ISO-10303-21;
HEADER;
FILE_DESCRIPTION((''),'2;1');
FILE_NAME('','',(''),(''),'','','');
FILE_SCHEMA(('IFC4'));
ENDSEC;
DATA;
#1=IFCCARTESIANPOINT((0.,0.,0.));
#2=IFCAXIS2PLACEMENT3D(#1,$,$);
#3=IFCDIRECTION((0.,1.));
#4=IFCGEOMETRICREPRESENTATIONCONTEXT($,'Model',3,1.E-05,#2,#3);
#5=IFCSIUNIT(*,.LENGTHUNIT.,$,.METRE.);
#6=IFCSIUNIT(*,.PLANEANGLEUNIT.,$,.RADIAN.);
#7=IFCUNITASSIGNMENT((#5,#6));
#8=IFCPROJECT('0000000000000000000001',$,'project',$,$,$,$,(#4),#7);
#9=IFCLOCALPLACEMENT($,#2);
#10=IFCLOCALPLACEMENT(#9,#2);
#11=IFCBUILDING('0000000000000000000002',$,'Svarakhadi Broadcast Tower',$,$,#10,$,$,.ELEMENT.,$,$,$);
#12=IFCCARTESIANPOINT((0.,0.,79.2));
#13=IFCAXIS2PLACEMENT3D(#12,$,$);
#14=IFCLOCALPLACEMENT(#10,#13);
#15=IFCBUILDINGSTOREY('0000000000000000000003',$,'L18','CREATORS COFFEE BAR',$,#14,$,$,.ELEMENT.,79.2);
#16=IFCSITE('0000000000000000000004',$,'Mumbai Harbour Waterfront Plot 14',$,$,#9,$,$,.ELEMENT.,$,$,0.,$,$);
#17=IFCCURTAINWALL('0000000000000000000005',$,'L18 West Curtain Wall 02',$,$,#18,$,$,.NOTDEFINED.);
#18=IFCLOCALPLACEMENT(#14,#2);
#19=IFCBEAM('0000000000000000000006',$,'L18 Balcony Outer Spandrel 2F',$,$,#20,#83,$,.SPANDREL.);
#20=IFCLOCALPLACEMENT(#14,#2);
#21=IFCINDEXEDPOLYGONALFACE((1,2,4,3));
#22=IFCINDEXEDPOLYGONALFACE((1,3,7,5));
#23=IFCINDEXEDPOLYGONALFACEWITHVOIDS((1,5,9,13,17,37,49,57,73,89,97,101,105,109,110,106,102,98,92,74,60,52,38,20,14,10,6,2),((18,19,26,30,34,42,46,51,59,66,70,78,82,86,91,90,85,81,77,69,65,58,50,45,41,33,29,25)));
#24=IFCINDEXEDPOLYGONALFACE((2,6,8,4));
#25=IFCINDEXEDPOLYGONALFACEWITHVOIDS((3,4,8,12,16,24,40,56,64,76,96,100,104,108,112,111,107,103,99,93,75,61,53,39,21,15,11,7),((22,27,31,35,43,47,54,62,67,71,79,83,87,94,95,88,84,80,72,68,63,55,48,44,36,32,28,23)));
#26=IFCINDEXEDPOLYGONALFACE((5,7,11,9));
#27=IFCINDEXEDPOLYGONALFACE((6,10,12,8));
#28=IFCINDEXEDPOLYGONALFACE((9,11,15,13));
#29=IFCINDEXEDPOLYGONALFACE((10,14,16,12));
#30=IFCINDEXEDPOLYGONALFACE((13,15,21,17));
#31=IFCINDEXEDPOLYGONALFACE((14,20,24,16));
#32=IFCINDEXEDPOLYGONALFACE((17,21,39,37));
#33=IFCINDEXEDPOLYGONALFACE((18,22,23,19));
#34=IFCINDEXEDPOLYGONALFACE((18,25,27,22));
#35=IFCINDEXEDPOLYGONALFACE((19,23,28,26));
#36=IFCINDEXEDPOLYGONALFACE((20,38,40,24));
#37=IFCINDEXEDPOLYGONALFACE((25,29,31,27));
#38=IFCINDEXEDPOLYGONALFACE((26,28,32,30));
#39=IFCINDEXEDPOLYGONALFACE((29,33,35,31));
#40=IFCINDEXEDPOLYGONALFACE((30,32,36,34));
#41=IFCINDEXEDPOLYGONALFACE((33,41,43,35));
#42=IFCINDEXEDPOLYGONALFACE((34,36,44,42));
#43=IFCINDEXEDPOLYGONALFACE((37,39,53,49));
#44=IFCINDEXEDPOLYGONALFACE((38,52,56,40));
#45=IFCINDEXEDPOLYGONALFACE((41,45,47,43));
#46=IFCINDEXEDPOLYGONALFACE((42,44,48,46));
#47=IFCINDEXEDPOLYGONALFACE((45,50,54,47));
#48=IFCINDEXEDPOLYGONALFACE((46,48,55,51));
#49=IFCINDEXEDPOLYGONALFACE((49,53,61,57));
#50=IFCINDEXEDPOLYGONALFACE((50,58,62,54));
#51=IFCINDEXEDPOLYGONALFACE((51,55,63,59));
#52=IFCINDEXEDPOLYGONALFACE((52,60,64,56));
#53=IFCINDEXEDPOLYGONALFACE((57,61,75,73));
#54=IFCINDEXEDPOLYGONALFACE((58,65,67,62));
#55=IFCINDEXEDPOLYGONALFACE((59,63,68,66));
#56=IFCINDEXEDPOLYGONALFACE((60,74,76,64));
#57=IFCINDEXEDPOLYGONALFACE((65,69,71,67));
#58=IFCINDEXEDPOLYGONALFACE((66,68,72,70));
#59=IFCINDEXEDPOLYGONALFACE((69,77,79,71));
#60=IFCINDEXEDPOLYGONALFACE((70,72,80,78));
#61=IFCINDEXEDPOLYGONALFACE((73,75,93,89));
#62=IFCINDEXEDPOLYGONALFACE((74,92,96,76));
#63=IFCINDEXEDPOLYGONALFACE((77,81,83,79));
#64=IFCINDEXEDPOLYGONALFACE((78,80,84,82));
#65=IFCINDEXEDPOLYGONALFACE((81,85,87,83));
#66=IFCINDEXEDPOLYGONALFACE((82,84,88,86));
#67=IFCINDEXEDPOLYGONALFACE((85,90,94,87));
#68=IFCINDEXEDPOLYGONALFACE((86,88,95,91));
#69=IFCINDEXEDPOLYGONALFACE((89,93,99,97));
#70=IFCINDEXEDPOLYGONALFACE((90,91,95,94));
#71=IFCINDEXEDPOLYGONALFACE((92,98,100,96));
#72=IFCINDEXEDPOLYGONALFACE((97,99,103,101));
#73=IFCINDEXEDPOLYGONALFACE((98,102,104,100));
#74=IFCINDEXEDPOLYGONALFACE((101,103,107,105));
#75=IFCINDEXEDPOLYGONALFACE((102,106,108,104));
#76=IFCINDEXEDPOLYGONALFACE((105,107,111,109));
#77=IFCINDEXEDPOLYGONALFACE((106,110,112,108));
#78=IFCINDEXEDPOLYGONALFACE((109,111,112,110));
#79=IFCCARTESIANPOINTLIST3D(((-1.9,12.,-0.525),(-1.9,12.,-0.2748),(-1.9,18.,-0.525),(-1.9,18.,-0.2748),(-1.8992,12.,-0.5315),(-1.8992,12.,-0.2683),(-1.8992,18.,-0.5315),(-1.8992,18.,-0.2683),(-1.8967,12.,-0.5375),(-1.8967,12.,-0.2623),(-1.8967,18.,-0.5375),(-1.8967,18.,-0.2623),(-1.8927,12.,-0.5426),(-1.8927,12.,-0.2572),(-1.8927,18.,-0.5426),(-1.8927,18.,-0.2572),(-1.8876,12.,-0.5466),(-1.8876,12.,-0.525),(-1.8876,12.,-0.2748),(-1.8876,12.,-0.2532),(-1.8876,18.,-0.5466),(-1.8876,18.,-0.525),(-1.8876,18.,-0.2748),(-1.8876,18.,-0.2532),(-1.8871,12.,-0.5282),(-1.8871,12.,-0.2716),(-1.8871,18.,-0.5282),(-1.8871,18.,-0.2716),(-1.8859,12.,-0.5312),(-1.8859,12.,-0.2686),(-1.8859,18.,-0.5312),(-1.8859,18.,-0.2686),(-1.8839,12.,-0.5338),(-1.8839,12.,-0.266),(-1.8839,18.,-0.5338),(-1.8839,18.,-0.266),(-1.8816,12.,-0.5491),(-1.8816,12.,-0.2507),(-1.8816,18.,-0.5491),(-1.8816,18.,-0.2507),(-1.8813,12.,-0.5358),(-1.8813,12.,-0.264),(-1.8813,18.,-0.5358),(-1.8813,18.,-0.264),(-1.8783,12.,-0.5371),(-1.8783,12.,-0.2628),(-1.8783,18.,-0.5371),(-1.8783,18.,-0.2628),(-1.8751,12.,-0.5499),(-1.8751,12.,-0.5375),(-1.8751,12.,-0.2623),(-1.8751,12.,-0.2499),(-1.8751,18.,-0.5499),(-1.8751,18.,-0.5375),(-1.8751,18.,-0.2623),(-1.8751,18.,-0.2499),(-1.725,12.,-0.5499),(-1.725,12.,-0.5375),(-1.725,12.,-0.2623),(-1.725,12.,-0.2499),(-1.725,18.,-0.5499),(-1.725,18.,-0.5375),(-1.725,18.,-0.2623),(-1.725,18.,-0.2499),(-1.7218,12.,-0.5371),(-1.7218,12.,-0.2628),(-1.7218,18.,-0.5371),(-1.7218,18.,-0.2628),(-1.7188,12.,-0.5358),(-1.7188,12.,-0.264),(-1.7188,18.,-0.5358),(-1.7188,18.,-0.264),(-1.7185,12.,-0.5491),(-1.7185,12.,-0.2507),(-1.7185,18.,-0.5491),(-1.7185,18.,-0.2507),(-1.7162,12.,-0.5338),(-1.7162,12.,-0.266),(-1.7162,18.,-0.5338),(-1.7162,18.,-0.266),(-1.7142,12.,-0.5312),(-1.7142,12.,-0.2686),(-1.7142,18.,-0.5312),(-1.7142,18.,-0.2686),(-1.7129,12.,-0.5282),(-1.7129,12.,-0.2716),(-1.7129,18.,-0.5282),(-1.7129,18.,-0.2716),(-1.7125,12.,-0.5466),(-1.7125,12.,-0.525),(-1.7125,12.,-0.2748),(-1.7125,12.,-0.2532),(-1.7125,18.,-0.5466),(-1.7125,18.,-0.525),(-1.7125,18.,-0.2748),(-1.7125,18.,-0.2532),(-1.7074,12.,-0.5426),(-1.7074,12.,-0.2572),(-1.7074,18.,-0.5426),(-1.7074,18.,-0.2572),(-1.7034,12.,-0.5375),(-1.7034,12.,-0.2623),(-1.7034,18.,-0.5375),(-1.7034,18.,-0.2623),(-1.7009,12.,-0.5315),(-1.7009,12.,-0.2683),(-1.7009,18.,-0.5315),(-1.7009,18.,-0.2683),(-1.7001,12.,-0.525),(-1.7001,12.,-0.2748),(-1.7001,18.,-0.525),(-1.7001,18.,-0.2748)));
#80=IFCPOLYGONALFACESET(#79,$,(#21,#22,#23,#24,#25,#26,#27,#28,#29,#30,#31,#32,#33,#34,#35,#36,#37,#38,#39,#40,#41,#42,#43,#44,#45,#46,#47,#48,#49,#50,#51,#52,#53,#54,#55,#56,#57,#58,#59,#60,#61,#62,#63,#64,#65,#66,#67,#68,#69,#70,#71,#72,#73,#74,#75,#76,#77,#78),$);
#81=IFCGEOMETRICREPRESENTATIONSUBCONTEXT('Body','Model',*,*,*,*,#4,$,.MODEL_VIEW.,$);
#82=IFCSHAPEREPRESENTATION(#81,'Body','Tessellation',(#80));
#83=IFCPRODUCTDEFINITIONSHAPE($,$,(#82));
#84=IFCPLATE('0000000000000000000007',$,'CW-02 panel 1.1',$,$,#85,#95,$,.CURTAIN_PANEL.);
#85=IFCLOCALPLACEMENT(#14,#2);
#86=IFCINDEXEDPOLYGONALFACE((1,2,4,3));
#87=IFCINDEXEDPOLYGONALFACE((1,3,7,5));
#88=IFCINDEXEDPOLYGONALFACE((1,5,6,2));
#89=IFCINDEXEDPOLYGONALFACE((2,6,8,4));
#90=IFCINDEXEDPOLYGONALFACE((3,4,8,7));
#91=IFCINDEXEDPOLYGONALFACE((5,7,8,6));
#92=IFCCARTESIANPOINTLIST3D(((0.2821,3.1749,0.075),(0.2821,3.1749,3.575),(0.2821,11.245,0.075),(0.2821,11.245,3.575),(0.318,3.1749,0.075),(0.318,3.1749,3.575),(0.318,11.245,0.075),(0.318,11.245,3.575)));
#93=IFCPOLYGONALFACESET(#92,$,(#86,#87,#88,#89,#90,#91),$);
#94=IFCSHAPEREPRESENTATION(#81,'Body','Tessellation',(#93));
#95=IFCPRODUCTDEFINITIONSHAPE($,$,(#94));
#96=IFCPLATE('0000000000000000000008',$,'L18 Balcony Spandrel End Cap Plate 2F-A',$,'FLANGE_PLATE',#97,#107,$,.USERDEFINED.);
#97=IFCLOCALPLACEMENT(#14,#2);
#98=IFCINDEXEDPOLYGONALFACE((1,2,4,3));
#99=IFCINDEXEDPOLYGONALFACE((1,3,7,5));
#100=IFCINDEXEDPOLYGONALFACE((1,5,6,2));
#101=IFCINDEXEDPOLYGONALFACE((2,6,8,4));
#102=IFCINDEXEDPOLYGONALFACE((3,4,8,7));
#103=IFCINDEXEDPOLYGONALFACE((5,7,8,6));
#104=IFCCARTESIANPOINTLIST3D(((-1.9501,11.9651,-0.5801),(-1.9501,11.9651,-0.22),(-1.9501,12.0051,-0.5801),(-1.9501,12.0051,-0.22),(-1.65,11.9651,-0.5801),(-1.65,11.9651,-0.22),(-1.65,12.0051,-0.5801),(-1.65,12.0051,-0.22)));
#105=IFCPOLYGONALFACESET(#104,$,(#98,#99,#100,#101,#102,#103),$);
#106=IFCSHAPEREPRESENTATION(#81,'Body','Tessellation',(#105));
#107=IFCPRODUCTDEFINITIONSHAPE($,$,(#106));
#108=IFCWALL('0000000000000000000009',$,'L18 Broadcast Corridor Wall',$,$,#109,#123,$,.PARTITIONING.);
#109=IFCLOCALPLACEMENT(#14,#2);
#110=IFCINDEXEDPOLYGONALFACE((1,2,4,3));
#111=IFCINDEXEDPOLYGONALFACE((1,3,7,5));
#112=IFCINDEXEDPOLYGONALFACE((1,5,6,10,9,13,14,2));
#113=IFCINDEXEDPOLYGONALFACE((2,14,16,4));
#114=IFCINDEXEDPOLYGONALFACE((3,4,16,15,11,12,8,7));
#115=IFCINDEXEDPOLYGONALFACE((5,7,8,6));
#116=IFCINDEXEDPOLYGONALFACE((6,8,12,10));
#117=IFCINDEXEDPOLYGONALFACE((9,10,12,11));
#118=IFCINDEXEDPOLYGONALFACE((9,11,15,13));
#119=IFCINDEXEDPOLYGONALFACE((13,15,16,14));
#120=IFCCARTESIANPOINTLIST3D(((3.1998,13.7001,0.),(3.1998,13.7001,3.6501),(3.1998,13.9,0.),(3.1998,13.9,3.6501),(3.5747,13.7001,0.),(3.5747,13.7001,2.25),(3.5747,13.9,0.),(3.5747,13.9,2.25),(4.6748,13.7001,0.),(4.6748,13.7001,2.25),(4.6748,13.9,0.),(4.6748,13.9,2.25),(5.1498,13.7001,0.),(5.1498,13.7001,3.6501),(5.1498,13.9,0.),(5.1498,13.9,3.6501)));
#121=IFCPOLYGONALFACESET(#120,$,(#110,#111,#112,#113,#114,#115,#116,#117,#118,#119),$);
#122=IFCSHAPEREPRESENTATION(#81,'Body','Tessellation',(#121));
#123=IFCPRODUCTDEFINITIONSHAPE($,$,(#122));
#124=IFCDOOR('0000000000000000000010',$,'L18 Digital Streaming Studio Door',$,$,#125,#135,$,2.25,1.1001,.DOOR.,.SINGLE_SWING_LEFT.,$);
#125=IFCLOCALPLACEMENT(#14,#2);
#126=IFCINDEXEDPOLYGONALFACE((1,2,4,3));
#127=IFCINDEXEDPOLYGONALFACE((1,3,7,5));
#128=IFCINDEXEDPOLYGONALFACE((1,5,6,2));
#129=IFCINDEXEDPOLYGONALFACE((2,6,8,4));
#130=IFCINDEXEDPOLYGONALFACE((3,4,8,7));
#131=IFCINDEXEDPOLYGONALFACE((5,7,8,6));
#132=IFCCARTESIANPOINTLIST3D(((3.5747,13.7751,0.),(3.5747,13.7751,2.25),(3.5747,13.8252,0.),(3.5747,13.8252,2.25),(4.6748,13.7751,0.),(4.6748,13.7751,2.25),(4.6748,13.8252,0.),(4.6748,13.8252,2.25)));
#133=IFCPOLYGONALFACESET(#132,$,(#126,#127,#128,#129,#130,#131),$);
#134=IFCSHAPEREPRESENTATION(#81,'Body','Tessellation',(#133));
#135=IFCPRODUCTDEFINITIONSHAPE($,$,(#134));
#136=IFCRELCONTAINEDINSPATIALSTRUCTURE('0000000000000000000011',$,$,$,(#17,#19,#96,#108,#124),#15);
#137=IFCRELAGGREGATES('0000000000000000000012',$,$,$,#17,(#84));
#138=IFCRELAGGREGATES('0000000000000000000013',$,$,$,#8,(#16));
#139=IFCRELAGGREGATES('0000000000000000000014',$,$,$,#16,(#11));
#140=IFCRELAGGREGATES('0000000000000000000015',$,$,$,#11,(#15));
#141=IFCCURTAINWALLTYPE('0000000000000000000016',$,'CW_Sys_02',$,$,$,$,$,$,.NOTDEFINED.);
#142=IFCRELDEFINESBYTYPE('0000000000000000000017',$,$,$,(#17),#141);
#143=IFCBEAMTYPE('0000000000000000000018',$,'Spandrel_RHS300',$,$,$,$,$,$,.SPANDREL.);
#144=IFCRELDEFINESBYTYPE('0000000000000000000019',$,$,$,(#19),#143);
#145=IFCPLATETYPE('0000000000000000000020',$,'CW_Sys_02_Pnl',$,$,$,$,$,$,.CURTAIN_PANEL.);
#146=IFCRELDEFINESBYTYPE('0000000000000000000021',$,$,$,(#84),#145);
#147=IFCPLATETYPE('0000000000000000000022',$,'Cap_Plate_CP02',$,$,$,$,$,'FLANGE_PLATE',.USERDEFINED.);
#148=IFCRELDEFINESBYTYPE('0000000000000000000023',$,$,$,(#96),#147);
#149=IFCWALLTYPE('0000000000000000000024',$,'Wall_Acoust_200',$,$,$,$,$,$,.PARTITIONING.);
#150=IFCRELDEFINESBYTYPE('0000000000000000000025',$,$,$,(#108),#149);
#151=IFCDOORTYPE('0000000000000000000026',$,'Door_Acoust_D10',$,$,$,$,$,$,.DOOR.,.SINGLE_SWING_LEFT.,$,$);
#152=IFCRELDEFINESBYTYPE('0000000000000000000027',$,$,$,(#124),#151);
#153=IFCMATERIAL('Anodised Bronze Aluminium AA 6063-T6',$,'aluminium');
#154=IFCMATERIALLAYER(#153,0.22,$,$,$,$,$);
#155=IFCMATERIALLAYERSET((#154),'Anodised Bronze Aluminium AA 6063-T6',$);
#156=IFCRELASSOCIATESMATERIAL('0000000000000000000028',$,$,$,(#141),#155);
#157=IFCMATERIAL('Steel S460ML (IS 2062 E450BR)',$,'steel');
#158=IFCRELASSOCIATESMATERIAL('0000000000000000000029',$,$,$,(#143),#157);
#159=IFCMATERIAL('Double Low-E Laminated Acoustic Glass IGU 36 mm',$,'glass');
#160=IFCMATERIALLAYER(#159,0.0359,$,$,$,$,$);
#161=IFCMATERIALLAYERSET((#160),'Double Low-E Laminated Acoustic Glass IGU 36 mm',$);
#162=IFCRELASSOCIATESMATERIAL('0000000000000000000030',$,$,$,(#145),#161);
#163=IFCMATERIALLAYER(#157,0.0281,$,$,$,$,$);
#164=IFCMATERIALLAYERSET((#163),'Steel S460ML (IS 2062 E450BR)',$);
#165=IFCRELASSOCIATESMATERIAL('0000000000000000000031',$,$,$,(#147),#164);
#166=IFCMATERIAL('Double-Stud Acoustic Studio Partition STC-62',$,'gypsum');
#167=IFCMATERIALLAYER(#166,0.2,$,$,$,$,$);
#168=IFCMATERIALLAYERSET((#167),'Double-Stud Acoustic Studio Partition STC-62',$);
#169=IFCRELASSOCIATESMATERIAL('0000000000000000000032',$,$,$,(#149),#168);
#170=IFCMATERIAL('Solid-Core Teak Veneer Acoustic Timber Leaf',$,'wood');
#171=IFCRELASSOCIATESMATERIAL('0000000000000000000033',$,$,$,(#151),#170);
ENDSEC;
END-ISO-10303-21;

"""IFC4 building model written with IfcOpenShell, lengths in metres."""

from ifc_helpers import new_model, si_unit, direction, frame, frame_2d, origin, origin_2d, place, context, subcontext, project, spatial, rectangle, hollow_rectangle, extrude, material, layer, layer_set, material_profile, profile_set, type_object, element, fill, aggregate, save


model = new_model("IFC4")

# Units and contexts
model_context = context("Model", 3, precision=1e-05, world=origin(), true_north=direction((0.0, 1.0)))
body_context = subcontext(model_context, "Body", "Model", "MODEL_VIEW")
ifc_project = project(units=[si_unit("LENGTHUNIT", "METRE"), si_unit("PLANEANGLEUNIT", "RADIAN")], contexts=[model_context])

# Site, building, storey
site_placement = place(None, origin())
site = spatial("IfcSite", under=ifc_project, at=site_placement, Name="Mumbai Harbour Waterfront Plot 14", CompositionType="ELEMENT", RefElevation=0.0)
building_placement = place(site_placement, origin())
building = spatial("IfcBuilding", under=site, at=building_placement, Name="Svarakhadi Broadcast Tower", CompositionType="ELEMENT")
storey_placement = place(building_placement, frame((0.0, 0.0, 79.2)))
storey = spatial("IfcBuildingStorey", under=building, at=storey_placement, Name="L18", Description="CREATORS COFFEE BAR", CompositionType="ELEMENT", Elevation=79.2)

# Shared definitions
ifc_material_1 = material(Name="Steel S460ML (IS 2062 E450BR)", Category="steel")

# Curtain wall
ifc_material_2 = material(Name="Anodised Bronze Aluminium AA 6063-T6", Category="aluminium")
ifc_layer_1 = layer(ifc_material_2, 0.22)
ifc_layer_set_1 = layer_set([ifc_layer_1], Name="Anodised Bronze Aluminium AA 6063-T6")
curtain_wall_type = type_object("IfcCurtainWallType", Name="CW_Sys_02", PredefinedType="NOTDEFINED", material=ifc_layer_set_1)
curtain_wall_placement = place(storey_placement, origin())
curtain_wall = element("IfcCurtainWall", 1, at=curtain_wall_placement, inside=storey, type_object=curtain_wall_type, Name="L18 West Curtain Wall 02", PredefinedType="NOTDEFINED")

# Beam
ifc_material_profile_1 = material_profile(ifc_material_1, hollow_rectangle(XDim=0.2, YDim=0.3, WallThickness=0.0125, InnerFilletRadius=0.0125, OuterFilletRadius=0.0249, at=origin_2d()), Name="RHS 300x200x12.5")
ifc_profile_set_1 = profile_set([ifc_material_profile_1], Name="Steel S460ML (IS 2062 E450BR)")
beam_type_1 = type_object("IfcBeamType", Name="Spandrel_RHS300", PredefinedType="SPANDREL", material=ifc_profile_set_1)
beam_1_placement = place(storey_placement, frame((-1.8, 12.0, -0.3999), z_axis=(0.0, 1.0, 0.0), x_axis=(-1.0, 0.0, 0.0)))
element("IfcBeam", 2, at=beam_1_placement, inside=storey, type_object=beam_type_1, Name="L18 Balcony Outer Spandrel 2F", PredefinedType="SPANDREL", context=body_context, shape_type="SweptSolid", body=[
    extrude(hollow_rectangle(XDim=0.2, YDim=0.3, WallThickness=0.0125, InnerFilletRadius=0.0125, OuterFilletRadius=0.0249, at=origin_2d()), origin(), (0.0, 0.0, 1.0), 6.0),
])

# Plates
ifc_material_3 = material(Name="Double Low-E Laminated Acoustic Glass IGU 36 mm", Category="glass")
ifc_layer_2 = layer(ifc_material_3, 0.0359)
ifc_layer_set_2 = layer_set([ifc_layer_2], Name="Double Low-E Laminated Acoustic Glass IGU 36 mm")
plate_type_1 = type_object("IfcPlateType", Name="CW_Sys_02_Pnl", PredefinedType="CURTAIN_PANEL", material=ifc_layer_set_2)
plate_1_placement = place(storey_placement, frame((0.3, 7.21, 0.075), z_axis=(0.0, 0.0, 1.0), x_axis=(0.0, 1.0, 0.0)))
plate_1 = element("IfcPlate", 3, at=plate_1_placement, type_object=plate_type_1, Name="CW-02 panel 1.1", PredefinedType="CURTAIN_PANEL", context=body_context, shape_type="SweptSolid", body=[
    extrude(rectangle(XDim=8.0701, YDim=0.0359, at=origin_2d()), origin(), (0.0, 0.0, 1.0), 3.5),
])
aggregate(curtain_wall, [plate_1])
ifc_layer_3 = layer(ifc_material_1, 0.0281)
ifc_layer_set_3 = layer_set([ifc_layer_3], Name="Steel S460ML (IS 2062 E450BR)")
plate_type_2 = type_object("IfcPlateType", Name="Cap_Plate_CP02", ElementType="FLANGE_PLATE", PredefinedType="USERDEFINED", material=ifc_layer_set_3)
plate_2_placement = place(storey_placement, frame((-1.8, 11.9851, -0.5801), z_axis=(0.0, 0.0, 1.0), x_axis=(1.0, 0.0, 0.0)))
element("IfcPlate", 4, at=plate_2_placement, inside=storey, type_object=plate_type_2, Name="L18 Balcony Spandrel End Cap Plate 2F-A", ObjectType="FLANGE_PLATE", PredefinedType="USERDEFINED", context=body_context, shape_type="SweptSolid", body=[
    extrude(rectangle(XDim=0.3, YDim=0.04, at=origin_2d()), origin(), (0.0, 0.0, 1.0), 0.3601),
])

# Wall, opening, door
ifc_material_4 = material(Name="Double-Stud Acoustic Studio Partition STC-62", Category="gypsum")
ifc_layer_4 = layer(ifc_material_4, 0.2)
ifc_layer_set_4 = layer_set([ifc_layer_4], Name="Double-Stud Acoustic Studio Partition STC-62")
wall_type_1 = type_object("IfcWallType", Name="Wall_Acoust_200", PredefinedType="PARTITIONING", material=ifc_layer_set_4)
wall_1_placement = place(storey_placement, frame((5.1499, 13.8, 0.0), z_axis=(0.0, 0.0, 1.0), x_axis=(-1.0, 0.0, 0.0)))
wall_1 = element("IfcWall", 5, at=wall_1_placement, inside=storey, type_object=wall_type_1, Name="L18 Broadcast Corridor Wall", PredefinedType="PARTITIONING", context=body_context, shape_type="SweptSolid", body=[
    extrude(rectangle(XDim=1.95, YDim=0.2, at=frame_2d((0.9751, 0.0))), origin(), (0.0, 0.0, 1.0), 3.6501),
])
opening_1_placement = place(wall_1_placement, frame((0.4751, 0.0, 0.0)))
opening_1 = element("IfcOpeningElement", 6, at=opening_1_placement, cuts=wall_1, PredefinedType="OPENING", context=body_context, shape_type="SweptSolid", body=[
    extrude(rectangle(XDim=1.1001, YDim=2.25, at=frame_2d((0.55, 1.125))), frame((0.0, 0.1099, 0.0), z_axis=(0.0, -1.0, 0.0), x_axis=(1.0, 0.0, 0.0)), (0.0, 0.0, 1.0), 0.22),
])
ifc_material_5 = material(Name="Solid-Core Teak Veneer Acoustic Timber Leaf", Category="wood")
door_type_1 = type_object("IfcDoorType", Name="Door_Acoust_D10", OperationType="SINGLE_SWING_LEFT", PredefinedType="DOOR", material=ifc_material_5)
door_1_placement = place(opening_1_placement, origin())
door_1 = element("IfcDoor", 7, at=door_1_placement, inside=storey, type_object=door_type_1, Name="L18 Digital Streaming Studio Door", OperationType="SINGLE_SWING_LEFT", OverallHeight=2.25, OverallWidth=1.1001, PredefinedType="DOOR", context=body_context, shape_type="SweptSolid", body=[
    extrude(rectangle(XDim=1.1001, YDim=2.25, at=frame_2d((0.55, 1.125))), frame((0.0, 0.0249, 0.0), z_axis=(0.0, -1.0, 0.0), x_axis=(1.0, 0.0, 0.0)), (0.0, 0.0, 1.0), 0.05),
])
fill(opening_1, door_1)

save(model, "model.ifc")
